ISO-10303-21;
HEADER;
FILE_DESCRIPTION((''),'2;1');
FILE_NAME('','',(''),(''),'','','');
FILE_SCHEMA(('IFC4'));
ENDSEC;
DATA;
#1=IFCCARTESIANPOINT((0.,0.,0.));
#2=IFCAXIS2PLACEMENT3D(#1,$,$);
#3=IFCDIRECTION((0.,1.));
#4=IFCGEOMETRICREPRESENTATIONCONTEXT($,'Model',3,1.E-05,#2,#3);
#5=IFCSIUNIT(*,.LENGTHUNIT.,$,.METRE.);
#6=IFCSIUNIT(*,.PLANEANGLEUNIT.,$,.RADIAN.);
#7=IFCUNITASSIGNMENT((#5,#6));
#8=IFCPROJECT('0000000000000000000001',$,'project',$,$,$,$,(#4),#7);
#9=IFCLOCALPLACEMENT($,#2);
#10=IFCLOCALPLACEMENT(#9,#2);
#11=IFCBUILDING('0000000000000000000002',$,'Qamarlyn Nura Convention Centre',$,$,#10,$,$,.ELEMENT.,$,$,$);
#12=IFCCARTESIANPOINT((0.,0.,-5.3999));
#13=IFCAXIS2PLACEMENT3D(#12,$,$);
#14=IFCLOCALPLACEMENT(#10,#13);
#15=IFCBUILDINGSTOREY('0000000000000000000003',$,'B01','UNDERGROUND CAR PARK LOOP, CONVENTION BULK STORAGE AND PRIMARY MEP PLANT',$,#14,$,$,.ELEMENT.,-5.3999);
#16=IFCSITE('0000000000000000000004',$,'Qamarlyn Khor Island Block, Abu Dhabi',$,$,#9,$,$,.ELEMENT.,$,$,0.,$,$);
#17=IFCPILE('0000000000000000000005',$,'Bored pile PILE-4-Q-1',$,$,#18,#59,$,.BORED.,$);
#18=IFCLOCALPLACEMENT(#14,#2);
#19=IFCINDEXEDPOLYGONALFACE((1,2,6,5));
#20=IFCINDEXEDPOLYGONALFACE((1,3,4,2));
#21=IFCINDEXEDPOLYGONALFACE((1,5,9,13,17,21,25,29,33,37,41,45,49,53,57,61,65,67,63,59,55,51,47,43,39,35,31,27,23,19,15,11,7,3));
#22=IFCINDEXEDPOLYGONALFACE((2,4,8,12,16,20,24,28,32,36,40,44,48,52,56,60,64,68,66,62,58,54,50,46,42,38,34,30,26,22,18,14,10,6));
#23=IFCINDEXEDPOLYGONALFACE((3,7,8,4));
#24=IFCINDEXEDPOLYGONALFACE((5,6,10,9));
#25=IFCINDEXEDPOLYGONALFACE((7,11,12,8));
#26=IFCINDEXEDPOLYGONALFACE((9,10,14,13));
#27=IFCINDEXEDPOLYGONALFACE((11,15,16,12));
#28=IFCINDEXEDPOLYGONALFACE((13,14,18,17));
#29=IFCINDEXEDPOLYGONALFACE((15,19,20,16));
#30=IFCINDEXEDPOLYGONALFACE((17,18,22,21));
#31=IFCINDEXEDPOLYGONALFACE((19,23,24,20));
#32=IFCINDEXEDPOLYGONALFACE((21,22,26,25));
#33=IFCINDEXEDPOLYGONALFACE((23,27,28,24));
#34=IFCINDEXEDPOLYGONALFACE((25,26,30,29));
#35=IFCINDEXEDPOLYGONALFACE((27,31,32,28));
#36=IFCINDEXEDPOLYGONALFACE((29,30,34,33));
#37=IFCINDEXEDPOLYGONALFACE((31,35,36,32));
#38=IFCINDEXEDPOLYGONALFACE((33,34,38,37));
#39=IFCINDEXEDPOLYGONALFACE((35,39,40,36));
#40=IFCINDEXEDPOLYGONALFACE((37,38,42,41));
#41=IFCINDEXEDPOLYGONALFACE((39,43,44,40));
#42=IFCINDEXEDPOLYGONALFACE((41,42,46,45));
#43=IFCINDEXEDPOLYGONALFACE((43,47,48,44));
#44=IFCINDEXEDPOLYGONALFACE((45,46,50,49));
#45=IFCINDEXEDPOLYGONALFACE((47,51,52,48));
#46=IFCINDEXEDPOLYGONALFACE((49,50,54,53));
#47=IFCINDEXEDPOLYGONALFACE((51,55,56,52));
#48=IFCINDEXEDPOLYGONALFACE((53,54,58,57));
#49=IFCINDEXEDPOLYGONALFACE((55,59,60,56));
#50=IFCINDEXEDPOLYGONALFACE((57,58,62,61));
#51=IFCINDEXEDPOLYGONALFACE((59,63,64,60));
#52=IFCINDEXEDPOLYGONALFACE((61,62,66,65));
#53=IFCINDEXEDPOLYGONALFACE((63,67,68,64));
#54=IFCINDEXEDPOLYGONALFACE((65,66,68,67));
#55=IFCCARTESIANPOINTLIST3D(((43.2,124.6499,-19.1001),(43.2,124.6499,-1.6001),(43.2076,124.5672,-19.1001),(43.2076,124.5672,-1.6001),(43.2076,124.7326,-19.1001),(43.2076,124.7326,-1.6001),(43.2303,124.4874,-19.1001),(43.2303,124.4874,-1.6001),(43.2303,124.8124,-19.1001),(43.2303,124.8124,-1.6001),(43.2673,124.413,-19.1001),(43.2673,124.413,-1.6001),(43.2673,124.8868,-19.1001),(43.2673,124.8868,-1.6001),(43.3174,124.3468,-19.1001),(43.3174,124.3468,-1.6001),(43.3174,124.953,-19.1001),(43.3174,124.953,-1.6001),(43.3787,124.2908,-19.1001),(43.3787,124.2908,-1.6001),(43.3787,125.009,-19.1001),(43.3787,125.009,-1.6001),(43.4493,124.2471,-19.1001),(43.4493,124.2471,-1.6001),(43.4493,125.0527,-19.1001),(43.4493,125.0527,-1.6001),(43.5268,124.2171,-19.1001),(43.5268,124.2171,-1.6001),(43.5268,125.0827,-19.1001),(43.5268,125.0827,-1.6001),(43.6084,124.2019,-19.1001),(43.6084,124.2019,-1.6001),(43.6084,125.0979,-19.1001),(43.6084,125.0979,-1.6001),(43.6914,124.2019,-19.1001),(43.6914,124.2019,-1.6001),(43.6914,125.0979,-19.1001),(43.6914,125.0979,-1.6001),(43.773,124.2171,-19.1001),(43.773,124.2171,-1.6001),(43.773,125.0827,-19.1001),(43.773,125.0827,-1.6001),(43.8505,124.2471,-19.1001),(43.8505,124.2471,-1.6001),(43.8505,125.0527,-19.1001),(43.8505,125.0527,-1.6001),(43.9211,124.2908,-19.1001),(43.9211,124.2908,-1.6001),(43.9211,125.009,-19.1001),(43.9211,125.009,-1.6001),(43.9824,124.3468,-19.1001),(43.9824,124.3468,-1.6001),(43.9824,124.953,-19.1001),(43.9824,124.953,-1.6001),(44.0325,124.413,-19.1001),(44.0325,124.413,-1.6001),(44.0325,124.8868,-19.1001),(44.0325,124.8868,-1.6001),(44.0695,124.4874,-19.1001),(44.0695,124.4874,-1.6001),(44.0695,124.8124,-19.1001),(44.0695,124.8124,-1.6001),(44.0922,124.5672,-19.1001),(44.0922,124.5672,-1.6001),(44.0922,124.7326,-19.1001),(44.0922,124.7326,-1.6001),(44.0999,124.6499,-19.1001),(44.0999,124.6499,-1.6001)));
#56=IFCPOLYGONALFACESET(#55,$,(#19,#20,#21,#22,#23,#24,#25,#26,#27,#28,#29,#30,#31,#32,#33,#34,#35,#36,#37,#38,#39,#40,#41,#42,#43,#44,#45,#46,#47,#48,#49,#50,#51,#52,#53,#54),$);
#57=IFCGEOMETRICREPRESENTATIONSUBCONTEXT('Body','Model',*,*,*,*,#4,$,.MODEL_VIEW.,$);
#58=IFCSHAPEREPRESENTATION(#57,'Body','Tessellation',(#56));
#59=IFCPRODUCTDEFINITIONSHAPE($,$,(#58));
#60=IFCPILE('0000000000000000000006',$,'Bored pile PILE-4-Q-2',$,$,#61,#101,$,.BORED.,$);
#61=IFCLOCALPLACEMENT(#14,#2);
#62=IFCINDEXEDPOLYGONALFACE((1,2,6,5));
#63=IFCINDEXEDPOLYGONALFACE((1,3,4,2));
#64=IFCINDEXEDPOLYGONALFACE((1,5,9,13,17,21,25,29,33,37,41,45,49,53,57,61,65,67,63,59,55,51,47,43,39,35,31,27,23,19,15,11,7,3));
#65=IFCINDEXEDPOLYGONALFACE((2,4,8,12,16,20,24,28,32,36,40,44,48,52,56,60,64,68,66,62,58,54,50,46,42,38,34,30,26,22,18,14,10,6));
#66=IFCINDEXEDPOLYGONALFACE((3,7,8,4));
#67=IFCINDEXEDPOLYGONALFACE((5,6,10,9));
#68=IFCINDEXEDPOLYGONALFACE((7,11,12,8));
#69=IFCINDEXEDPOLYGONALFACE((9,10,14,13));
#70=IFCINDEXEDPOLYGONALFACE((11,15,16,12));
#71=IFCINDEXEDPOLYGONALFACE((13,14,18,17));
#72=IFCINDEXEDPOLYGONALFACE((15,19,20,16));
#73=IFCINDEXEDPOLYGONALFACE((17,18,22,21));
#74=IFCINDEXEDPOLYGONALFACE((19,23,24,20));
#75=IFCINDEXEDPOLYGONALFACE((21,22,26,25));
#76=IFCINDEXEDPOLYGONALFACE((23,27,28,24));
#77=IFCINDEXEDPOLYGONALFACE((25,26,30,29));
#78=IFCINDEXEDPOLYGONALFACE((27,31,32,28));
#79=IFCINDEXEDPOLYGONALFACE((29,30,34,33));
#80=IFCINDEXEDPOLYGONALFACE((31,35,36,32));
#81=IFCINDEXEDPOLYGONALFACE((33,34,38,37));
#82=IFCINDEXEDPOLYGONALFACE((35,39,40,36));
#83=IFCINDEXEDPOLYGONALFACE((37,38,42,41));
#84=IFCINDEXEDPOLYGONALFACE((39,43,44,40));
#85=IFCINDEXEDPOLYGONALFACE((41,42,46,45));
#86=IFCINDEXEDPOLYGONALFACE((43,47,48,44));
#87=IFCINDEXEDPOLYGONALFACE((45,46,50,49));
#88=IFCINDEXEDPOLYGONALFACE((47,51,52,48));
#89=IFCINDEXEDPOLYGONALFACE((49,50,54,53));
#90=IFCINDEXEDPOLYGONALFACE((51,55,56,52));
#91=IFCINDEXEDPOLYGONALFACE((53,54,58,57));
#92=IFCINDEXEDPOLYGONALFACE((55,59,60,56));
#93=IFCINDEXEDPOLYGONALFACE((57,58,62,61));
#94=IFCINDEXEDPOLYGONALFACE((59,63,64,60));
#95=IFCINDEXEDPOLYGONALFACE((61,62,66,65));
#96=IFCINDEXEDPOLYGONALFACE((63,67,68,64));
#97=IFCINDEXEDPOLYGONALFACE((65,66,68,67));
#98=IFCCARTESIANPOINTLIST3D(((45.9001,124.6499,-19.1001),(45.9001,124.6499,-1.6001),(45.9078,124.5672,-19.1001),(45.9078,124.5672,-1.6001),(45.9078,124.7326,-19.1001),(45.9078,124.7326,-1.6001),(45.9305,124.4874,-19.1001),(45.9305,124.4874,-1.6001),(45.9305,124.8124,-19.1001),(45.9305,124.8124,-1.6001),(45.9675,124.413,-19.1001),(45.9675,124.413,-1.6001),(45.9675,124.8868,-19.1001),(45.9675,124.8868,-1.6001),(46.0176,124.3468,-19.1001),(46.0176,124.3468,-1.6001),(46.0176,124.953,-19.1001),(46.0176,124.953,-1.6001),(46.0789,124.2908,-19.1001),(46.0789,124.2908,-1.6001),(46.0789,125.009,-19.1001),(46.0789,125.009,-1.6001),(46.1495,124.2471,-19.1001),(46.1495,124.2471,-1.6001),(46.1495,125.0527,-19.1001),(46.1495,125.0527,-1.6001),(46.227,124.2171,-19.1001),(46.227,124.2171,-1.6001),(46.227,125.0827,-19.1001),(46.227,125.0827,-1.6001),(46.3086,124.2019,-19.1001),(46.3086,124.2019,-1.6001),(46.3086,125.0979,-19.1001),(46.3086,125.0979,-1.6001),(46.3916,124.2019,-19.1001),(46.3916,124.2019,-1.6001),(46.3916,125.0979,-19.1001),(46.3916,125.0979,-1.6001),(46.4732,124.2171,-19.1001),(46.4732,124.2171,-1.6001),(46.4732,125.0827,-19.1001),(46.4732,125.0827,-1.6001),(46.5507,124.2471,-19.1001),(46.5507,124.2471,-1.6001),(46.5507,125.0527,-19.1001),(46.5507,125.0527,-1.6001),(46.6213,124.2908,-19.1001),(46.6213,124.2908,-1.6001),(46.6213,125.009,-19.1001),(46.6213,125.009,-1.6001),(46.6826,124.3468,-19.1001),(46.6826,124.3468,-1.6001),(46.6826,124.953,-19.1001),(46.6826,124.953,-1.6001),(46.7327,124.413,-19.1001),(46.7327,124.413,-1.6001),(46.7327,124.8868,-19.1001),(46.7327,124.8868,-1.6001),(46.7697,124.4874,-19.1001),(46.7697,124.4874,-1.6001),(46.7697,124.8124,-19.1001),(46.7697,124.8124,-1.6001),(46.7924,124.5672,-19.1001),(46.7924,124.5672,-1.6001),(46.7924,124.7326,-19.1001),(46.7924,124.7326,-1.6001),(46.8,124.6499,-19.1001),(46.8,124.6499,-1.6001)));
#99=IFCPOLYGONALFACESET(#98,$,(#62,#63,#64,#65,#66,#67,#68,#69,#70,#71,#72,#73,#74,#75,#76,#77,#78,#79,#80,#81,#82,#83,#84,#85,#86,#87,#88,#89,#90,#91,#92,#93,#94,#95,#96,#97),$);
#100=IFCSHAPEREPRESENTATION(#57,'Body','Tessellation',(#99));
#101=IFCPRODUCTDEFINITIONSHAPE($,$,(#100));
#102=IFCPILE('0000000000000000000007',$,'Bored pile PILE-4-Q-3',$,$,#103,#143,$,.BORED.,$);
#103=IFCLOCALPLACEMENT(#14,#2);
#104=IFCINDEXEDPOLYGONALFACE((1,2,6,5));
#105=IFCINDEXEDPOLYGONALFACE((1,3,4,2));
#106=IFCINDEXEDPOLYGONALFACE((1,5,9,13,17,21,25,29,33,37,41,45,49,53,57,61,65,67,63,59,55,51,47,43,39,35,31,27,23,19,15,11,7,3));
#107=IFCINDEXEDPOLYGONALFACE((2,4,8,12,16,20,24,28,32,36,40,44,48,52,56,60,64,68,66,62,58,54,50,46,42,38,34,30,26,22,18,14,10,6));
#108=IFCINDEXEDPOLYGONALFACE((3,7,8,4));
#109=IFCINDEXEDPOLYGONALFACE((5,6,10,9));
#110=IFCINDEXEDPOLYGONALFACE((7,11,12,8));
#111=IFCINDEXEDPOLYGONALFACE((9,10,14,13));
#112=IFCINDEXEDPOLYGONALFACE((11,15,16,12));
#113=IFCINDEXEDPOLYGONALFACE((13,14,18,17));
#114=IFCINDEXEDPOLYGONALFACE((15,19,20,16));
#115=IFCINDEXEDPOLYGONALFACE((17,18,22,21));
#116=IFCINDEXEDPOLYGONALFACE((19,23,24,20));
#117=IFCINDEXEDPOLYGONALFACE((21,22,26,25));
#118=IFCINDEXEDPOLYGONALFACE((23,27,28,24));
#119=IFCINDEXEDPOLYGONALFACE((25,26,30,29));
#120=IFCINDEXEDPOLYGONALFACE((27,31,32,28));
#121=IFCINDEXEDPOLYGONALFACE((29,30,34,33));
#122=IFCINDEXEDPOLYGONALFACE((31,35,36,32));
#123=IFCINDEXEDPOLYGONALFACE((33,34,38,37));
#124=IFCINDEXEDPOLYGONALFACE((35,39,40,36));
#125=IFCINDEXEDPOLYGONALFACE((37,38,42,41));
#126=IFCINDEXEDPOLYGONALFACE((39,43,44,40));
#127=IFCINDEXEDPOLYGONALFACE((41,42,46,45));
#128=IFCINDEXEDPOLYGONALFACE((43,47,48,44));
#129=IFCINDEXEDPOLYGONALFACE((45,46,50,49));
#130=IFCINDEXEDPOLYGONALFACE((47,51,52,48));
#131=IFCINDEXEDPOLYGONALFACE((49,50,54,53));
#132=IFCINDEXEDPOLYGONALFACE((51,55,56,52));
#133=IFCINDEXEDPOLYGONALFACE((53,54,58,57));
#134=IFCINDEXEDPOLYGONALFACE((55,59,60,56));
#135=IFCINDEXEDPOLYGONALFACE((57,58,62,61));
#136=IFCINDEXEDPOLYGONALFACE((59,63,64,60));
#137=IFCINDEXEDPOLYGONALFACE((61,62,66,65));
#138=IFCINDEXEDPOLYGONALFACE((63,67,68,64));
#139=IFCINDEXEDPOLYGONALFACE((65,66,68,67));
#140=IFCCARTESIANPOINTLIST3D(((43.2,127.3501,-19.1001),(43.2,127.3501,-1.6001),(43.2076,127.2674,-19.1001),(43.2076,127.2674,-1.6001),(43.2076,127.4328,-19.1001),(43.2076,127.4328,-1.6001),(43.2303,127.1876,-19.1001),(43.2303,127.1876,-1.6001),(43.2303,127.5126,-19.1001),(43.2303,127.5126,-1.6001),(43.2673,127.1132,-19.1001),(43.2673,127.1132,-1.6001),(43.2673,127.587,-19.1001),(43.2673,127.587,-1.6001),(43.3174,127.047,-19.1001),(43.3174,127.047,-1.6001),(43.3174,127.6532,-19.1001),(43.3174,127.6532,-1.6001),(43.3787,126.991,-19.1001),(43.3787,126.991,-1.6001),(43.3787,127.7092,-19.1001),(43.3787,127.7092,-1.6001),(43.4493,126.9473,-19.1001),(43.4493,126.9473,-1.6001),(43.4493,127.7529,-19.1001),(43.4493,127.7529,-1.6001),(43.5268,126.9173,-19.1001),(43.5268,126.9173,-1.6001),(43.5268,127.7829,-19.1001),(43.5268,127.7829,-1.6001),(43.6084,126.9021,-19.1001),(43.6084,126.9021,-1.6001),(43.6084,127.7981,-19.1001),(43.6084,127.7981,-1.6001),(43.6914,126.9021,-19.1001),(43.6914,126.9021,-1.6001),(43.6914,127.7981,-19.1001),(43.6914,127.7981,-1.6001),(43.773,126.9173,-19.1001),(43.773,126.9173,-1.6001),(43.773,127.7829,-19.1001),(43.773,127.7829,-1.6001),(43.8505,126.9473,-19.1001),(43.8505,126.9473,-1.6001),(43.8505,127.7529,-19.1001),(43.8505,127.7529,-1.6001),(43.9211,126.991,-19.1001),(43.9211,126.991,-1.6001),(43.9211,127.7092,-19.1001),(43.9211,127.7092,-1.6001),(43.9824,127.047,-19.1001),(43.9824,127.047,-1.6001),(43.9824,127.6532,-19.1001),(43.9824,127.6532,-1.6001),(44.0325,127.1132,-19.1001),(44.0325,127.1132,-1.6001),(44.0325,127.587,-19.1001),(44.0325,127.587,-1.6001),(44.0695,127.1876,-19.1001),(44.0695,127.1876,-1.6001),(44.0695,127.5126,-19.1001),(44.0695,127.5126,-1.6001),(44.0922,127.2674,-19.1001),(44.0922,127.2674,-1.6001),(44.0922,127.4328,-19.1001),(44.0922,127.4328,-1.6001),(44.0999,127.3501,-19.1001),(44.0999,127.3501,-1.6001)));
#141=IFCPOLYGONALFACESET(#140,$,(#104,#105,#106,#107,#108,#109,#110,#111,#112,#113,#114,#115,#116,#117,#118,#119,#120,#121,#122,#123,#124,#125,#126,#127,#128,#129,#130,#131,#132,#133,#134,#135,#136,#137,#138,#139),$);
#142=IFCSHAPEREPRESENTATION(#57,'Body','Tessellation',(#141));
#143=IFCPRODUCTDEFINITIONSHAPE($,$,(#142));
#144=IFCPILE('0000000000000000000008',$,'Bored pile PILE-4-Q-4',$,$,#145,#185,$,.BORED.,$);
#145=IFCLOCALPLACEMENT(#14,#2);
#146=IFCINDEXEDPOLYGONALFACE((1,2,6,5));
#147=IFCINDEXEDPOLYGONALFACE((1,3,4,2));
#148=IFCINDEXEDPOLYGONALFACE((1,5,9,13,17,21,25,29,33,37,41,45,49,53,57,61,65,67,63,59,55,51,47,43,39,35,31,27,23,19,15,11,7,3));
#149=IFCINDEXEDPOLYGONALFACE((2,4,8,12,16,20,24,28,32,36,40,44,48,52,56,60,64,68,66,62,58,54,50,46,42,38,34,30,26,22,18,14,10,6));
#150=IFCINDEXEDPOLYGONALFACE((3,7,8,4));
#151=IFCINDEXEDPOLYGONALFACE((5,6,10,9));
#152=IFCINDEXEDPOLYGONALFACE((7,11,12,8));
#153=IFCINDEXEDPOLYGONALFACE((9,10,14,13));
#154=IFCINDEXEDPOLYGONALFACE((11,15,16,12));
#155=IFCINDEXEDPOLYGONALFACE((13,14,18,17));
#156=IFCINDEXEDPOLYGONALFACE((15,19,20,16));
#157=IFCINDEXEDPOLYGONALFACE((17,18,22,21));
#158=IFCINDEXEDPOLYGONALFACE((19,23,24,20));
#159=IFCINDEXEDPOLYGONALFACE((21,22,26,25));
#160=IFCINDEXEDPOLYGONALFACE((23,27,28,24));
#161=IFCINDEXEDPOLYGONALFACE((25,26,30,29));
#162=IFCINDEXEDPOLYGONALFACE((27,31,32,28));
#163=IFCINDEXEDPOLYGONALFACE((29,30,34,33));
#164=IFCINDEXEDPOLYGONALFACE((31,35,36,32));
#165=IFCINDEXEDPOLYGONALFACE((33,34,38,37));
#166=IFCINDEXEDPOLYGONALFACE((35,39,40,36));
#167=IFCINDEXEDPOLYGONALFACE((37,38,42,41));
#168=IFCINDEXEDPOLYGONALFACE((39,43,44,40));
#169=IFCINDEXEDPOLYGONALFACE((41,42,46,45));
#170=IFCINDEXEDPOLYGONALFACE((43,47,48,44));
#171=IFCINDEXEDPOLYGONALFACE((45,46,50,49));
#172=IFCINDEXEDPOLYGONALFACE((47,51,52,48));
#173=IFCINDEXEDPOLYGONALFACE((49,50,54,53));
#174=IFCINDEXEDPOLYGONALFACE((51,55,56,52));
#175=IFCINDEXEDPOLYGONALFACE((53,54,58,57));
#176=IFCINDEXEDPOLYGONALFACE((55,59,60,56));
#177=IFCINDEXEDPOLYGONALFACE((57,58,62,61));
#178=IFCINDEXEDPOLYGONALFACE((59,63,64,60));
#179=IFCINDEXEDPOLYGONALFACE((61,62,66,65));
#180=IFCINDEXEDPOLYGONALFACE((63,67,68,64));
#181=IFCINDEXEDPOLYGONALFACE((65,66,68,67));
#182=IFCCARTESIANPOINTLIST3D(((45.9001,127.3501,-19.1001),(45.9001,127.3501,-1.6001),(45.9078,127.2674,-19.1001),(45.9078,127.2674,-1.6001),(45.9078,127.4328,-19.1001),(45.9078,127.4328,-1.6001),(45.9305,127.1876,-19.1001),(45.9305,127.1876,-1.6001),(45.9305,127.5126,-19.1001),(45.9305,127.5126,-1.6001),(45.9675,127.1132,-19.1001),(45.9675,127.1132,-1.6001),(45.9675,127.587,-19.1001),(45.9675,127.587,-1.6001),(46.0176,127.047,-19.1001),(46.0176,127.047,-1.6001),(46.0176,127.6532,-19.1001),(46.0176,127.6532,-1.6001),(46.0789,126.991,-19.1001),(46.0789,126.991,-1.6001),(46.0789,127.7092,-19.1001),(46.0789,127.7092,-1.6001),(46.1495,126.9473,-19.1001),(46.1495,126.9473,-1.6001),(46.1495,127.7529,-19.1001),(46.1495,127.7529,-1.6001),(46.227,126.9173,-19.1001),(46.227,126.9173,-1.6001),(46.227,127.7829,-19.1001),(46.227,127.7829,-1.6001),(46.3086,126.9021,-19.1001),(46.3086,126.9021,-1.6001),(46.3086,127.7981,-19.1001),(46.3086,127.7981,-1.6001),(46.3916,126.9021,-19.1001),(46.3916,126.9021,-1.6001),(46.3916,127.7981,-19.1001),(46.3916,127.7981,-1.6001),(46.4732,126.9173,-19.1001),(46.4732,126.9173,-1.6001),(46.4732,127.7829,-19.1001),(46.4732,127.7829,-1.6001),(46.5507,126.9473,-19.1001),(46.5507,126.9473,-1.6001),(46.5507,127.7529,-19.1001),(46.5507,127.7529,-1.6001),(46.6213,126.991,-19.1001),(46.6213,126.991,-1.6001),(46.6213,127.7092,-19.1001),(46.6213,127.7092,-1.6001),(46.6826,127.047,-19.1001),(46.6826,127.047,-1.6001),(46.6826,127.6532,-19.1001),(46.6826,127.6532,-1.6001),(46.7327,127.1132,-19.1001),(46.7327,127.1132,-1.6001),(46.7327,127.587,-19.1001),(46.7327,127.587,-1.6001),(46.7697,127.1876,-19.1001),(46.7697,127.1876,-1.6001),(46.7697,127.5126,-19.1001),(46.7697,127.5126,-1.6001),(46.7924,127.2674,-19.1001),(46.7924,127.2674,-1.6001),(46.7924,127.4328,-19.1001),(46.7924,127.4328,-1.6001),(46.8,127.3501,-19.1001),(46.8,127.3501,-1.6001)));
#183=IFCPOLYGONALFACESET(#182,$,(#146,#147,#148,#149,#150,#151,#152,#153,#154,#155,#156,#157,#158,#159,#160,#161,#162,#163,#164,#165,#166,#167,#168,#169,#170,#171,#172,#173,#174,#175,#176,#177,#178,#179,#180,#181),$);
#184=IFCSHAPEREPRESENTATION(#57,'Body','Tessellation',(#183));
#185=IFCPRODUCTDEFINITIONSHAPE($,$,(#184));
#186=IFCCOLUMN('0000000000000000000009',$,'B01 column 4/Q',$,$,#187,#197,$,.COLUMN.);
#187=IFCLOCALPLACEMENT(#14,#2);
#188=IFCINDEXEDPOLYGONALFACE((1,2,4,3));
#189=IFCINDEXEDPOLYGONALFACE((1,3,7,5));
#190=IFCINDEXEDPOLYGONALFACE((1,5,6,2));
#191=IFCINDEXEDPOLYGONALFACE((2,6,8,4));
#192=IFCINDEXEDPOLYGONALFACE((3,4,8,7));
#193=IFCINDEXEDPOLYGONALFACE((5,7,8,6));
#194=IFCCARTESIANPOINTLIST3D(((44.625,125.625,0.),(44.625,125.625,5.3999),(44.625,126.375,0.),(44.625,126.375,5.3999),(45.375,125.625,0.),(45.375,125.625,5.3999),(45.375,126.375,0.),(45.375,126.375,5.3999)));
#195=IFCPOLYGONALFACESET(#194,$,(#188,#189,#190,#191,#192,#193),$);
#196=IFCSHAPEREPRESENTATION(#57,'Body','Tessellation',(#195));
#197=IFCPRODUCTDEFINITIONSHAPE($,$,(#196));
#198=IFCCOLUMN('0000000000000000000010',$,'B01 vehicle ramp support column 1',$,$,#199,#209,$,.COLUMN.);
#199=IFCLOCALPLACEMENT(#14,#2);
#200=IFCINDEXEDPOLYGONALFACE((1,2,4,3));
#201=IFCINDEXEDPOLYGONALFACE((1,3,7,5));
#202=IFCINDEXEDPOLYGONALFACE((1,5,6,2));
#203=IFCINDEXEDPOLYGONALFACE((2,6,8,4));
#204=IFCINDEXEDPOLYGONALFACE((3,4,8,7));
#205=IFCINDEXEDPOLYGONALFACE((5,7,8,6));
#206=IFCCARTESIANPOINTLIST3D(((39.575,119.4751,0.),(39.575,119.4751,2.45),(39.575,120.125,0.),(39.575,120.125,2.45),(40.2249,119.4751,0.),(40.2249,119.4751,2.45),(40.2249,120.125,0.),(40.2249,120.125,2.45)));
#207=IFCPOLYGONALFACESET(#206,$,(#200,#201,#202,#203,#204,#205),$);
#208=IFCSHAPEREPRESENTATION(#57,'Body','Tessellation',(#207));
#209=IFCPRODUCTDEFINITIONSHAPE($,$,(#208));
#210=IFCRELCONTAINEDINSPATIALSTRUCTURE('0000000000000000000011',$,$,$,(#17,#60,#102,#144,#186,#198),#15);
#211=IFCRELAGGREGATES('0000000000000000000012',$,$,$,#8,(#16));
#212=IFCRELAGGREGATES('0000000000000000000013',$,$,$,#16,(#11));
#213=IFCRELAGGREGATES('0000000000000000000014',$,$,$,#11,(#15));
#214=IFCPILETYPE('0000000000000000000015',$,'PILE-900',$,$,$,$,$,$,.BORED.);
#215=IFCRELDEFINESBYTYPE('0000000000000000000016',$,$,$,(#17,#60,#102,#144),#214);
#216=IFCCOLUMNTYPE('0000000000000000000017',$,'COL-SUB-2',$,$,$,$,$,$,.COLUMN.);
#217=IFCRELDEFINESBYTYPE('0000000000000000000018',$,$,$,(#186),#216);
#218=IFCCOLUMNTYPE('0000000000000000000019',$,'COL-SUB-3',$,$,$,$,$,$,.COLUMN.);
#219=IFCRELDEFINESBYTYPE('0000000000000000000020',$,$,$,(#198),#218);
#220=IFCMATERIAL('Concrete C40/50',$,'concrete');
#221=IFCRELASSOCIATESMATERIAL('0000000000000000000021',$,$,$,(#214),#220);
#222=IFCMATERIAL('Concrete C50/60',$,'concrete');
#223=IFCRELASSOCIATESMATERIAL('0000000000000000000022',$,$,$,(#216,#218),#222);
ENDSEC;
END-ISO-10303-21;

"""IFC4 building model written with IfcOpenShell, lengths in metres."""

from ifc_helpers import new_model, si_unit, direction, frame, origin, origin_2d, place, context, subcontext, project, spatial, rectangle, circle, extrude, material, material_profile, profile_set, type_object, element, save


model = new_model("IFC4")

# Units and contexts
model_context = context("Model", 3, precision=1e-05, world=origin(), true_north=direction((0.0, 1.0)))
body_context = subcontext(model_context, "Body", "Model", "MODEL_VIEW")
ifc_project = project(units=[si_unit("LENGTHUNIT", "METRE"), si_unit("PLANEANGLEUNIT", "RADIAN")], contexts=[model_context])

# Site, building, storey
site_placement = place(None, origin())
site = spatial("IfcSite", under=ifc_project, at=site_placement, Name="Qamarlyn Khor Island Block, Abu Dhabi", CompositionType="ELEMENT", RefElevation=0.0)
building_placement = place(site_placement, origin())
building = spatial("IfcBuilding", under=site, at=building_placement, Name="Qamarlyn Nura Convention Centre", CompositionType="ELEMENT")
storey_placement = place(building_placement, frame((0.0, 0.0, -5.3999)))
storey = spatial("IfcBuildingStorey", under=building, at=storey_placement, Name="B01", Description="UNDERGROUND CAR PARK LOOP, CONVENTION BULK STORAGE AND PRIMARY MEP PLANT", CompositionType="ELEMENT", Elevation=-5.3999)

# Shared definitions
ifc_material_1 = material(Name="Concrete C40/50", Category="concrete")

# Piles
ifc_material_profile_1 = material_profile(ifc_material_1, circle(Radius=0.45, at=origin_2d()), Name="BORED PILE 900")
ifc_profile_set_1 = profile_set([ifc_material_profile_1], Name="Concrete C40/50")
pile_type = type_object("IfcPileType", Name="PILE-900", PredefinedType="BORED", material=ifc_profile_set_1)
for number, where, z_axis, x_axis, name in (
    (1, (43.6499, 124.6499, -1.6001), (0.0, 0.0, -1.0), (1.0, 0.0, 0.0), "Bored pile PILE-4-Q-1"),
    (2, (46.3501, 124.6499, -1.6001), (0.0, 0.0, -1.0), (1.0, 0.0, 0.0), "Bored pile PILE-4-Q-2"),
    (3, (43.6499, 127.3501, -1.6001), (0.0, 0.0, -1.0), (1.0, 0.0, 0.0), "Bored pile PILE-4-Q-3"),
    (4, (46.3501, 127.3501, -1.6001), (0.0, 0.0, -1.0), (1.0, 0.0, 0.0), "Bored pile PILE-4-Q-4"),
):
    element("IfcPile", number, at=place(storey_placement, frame(where, z_axis=z_axis, x_axis=x_axis)), inside=storey, type_object=pile_type, Name=name, PredefinedType="BORED", context=body_context, shape_type="SweptSolid", body=[
        extrude(circle(Radius=0.45, at=origin_2d()), origin(), (0.0, 0.0, 1.0), 17.5),
    ])

# Columns
ifc_material_2 = material(Name="Concrete C50/60", Category="concrete")
ifc_material_profile_2 = material_profile(ifc_material_2, rectangle(XDim=0.75, YDim=0.75, at=origin_2d()), Name="RC 750x750")
ifc_profile_set_2 = profile_set([ifc_material_profile_2], Name="Concrete C50/60")
column_type_1 = type_object("IfcColumnType", Name="COL-SUB-2", PredefinedType="COLUMN", material=ifc_profile_set_2)
column_placement = place(storey_placement, frame((45.0, 126.0, 0.0), z_axis=(0.0, 0.0, 1.0), x_axis=(1.0, 0.0, 0.0)))
element("IfcColumn", 5, at=column_placement, inside=storey, type_object=column_type_1, Name="B01 column 4/Q", PredefinedType="COLUMN", context=body_context, shape_type="SweptSolid", body=[
    extrude(rectangle(XDim=0.75, YDim=0.75, at=origin_2d()), origin(), (0.0, 0.0, 1.0), 5.3999),
])
ifc_material_profile_3 = material_profile(ifc_material_2, rectangle(XDim=0.6499, YDim=0.6499, at=origin_2d()), Name="RC 650x650")
ifc_profile_set_3 = profile_set([ifc_material_profile_3], Name="Concrete C50/60")
column_type_2 = type_object("IfcColumnType", Name="COL-SUB-3", PredefinedType="COLUMN", material=ifc_profile_set_3)
for number, where, z_axis, x_axis, name in (
    (6, (39.8999, 119.8, 0.0), (0.0, 0.0, 1.0), (1.0, 0.0, 0.0), "B01 vehicle ramp support column 1"),
):
    element("IfcColumn", number, at=place(storey_placement, frame(where, z_axis=z_axis, x_axis=x_axis)), inside=storey, type_object=column_type_2, Name=name, PredefinedType="COLUMN", context=body_context, shape_type="SweptSolid", body=[
        extrude(rectangle(XDim=0.6499, YDim=0.6499, at=origin_2d()), origin(), (0.0, 0.0, 1.0), 2.45),
    ])

save(model, "model.ifc")
